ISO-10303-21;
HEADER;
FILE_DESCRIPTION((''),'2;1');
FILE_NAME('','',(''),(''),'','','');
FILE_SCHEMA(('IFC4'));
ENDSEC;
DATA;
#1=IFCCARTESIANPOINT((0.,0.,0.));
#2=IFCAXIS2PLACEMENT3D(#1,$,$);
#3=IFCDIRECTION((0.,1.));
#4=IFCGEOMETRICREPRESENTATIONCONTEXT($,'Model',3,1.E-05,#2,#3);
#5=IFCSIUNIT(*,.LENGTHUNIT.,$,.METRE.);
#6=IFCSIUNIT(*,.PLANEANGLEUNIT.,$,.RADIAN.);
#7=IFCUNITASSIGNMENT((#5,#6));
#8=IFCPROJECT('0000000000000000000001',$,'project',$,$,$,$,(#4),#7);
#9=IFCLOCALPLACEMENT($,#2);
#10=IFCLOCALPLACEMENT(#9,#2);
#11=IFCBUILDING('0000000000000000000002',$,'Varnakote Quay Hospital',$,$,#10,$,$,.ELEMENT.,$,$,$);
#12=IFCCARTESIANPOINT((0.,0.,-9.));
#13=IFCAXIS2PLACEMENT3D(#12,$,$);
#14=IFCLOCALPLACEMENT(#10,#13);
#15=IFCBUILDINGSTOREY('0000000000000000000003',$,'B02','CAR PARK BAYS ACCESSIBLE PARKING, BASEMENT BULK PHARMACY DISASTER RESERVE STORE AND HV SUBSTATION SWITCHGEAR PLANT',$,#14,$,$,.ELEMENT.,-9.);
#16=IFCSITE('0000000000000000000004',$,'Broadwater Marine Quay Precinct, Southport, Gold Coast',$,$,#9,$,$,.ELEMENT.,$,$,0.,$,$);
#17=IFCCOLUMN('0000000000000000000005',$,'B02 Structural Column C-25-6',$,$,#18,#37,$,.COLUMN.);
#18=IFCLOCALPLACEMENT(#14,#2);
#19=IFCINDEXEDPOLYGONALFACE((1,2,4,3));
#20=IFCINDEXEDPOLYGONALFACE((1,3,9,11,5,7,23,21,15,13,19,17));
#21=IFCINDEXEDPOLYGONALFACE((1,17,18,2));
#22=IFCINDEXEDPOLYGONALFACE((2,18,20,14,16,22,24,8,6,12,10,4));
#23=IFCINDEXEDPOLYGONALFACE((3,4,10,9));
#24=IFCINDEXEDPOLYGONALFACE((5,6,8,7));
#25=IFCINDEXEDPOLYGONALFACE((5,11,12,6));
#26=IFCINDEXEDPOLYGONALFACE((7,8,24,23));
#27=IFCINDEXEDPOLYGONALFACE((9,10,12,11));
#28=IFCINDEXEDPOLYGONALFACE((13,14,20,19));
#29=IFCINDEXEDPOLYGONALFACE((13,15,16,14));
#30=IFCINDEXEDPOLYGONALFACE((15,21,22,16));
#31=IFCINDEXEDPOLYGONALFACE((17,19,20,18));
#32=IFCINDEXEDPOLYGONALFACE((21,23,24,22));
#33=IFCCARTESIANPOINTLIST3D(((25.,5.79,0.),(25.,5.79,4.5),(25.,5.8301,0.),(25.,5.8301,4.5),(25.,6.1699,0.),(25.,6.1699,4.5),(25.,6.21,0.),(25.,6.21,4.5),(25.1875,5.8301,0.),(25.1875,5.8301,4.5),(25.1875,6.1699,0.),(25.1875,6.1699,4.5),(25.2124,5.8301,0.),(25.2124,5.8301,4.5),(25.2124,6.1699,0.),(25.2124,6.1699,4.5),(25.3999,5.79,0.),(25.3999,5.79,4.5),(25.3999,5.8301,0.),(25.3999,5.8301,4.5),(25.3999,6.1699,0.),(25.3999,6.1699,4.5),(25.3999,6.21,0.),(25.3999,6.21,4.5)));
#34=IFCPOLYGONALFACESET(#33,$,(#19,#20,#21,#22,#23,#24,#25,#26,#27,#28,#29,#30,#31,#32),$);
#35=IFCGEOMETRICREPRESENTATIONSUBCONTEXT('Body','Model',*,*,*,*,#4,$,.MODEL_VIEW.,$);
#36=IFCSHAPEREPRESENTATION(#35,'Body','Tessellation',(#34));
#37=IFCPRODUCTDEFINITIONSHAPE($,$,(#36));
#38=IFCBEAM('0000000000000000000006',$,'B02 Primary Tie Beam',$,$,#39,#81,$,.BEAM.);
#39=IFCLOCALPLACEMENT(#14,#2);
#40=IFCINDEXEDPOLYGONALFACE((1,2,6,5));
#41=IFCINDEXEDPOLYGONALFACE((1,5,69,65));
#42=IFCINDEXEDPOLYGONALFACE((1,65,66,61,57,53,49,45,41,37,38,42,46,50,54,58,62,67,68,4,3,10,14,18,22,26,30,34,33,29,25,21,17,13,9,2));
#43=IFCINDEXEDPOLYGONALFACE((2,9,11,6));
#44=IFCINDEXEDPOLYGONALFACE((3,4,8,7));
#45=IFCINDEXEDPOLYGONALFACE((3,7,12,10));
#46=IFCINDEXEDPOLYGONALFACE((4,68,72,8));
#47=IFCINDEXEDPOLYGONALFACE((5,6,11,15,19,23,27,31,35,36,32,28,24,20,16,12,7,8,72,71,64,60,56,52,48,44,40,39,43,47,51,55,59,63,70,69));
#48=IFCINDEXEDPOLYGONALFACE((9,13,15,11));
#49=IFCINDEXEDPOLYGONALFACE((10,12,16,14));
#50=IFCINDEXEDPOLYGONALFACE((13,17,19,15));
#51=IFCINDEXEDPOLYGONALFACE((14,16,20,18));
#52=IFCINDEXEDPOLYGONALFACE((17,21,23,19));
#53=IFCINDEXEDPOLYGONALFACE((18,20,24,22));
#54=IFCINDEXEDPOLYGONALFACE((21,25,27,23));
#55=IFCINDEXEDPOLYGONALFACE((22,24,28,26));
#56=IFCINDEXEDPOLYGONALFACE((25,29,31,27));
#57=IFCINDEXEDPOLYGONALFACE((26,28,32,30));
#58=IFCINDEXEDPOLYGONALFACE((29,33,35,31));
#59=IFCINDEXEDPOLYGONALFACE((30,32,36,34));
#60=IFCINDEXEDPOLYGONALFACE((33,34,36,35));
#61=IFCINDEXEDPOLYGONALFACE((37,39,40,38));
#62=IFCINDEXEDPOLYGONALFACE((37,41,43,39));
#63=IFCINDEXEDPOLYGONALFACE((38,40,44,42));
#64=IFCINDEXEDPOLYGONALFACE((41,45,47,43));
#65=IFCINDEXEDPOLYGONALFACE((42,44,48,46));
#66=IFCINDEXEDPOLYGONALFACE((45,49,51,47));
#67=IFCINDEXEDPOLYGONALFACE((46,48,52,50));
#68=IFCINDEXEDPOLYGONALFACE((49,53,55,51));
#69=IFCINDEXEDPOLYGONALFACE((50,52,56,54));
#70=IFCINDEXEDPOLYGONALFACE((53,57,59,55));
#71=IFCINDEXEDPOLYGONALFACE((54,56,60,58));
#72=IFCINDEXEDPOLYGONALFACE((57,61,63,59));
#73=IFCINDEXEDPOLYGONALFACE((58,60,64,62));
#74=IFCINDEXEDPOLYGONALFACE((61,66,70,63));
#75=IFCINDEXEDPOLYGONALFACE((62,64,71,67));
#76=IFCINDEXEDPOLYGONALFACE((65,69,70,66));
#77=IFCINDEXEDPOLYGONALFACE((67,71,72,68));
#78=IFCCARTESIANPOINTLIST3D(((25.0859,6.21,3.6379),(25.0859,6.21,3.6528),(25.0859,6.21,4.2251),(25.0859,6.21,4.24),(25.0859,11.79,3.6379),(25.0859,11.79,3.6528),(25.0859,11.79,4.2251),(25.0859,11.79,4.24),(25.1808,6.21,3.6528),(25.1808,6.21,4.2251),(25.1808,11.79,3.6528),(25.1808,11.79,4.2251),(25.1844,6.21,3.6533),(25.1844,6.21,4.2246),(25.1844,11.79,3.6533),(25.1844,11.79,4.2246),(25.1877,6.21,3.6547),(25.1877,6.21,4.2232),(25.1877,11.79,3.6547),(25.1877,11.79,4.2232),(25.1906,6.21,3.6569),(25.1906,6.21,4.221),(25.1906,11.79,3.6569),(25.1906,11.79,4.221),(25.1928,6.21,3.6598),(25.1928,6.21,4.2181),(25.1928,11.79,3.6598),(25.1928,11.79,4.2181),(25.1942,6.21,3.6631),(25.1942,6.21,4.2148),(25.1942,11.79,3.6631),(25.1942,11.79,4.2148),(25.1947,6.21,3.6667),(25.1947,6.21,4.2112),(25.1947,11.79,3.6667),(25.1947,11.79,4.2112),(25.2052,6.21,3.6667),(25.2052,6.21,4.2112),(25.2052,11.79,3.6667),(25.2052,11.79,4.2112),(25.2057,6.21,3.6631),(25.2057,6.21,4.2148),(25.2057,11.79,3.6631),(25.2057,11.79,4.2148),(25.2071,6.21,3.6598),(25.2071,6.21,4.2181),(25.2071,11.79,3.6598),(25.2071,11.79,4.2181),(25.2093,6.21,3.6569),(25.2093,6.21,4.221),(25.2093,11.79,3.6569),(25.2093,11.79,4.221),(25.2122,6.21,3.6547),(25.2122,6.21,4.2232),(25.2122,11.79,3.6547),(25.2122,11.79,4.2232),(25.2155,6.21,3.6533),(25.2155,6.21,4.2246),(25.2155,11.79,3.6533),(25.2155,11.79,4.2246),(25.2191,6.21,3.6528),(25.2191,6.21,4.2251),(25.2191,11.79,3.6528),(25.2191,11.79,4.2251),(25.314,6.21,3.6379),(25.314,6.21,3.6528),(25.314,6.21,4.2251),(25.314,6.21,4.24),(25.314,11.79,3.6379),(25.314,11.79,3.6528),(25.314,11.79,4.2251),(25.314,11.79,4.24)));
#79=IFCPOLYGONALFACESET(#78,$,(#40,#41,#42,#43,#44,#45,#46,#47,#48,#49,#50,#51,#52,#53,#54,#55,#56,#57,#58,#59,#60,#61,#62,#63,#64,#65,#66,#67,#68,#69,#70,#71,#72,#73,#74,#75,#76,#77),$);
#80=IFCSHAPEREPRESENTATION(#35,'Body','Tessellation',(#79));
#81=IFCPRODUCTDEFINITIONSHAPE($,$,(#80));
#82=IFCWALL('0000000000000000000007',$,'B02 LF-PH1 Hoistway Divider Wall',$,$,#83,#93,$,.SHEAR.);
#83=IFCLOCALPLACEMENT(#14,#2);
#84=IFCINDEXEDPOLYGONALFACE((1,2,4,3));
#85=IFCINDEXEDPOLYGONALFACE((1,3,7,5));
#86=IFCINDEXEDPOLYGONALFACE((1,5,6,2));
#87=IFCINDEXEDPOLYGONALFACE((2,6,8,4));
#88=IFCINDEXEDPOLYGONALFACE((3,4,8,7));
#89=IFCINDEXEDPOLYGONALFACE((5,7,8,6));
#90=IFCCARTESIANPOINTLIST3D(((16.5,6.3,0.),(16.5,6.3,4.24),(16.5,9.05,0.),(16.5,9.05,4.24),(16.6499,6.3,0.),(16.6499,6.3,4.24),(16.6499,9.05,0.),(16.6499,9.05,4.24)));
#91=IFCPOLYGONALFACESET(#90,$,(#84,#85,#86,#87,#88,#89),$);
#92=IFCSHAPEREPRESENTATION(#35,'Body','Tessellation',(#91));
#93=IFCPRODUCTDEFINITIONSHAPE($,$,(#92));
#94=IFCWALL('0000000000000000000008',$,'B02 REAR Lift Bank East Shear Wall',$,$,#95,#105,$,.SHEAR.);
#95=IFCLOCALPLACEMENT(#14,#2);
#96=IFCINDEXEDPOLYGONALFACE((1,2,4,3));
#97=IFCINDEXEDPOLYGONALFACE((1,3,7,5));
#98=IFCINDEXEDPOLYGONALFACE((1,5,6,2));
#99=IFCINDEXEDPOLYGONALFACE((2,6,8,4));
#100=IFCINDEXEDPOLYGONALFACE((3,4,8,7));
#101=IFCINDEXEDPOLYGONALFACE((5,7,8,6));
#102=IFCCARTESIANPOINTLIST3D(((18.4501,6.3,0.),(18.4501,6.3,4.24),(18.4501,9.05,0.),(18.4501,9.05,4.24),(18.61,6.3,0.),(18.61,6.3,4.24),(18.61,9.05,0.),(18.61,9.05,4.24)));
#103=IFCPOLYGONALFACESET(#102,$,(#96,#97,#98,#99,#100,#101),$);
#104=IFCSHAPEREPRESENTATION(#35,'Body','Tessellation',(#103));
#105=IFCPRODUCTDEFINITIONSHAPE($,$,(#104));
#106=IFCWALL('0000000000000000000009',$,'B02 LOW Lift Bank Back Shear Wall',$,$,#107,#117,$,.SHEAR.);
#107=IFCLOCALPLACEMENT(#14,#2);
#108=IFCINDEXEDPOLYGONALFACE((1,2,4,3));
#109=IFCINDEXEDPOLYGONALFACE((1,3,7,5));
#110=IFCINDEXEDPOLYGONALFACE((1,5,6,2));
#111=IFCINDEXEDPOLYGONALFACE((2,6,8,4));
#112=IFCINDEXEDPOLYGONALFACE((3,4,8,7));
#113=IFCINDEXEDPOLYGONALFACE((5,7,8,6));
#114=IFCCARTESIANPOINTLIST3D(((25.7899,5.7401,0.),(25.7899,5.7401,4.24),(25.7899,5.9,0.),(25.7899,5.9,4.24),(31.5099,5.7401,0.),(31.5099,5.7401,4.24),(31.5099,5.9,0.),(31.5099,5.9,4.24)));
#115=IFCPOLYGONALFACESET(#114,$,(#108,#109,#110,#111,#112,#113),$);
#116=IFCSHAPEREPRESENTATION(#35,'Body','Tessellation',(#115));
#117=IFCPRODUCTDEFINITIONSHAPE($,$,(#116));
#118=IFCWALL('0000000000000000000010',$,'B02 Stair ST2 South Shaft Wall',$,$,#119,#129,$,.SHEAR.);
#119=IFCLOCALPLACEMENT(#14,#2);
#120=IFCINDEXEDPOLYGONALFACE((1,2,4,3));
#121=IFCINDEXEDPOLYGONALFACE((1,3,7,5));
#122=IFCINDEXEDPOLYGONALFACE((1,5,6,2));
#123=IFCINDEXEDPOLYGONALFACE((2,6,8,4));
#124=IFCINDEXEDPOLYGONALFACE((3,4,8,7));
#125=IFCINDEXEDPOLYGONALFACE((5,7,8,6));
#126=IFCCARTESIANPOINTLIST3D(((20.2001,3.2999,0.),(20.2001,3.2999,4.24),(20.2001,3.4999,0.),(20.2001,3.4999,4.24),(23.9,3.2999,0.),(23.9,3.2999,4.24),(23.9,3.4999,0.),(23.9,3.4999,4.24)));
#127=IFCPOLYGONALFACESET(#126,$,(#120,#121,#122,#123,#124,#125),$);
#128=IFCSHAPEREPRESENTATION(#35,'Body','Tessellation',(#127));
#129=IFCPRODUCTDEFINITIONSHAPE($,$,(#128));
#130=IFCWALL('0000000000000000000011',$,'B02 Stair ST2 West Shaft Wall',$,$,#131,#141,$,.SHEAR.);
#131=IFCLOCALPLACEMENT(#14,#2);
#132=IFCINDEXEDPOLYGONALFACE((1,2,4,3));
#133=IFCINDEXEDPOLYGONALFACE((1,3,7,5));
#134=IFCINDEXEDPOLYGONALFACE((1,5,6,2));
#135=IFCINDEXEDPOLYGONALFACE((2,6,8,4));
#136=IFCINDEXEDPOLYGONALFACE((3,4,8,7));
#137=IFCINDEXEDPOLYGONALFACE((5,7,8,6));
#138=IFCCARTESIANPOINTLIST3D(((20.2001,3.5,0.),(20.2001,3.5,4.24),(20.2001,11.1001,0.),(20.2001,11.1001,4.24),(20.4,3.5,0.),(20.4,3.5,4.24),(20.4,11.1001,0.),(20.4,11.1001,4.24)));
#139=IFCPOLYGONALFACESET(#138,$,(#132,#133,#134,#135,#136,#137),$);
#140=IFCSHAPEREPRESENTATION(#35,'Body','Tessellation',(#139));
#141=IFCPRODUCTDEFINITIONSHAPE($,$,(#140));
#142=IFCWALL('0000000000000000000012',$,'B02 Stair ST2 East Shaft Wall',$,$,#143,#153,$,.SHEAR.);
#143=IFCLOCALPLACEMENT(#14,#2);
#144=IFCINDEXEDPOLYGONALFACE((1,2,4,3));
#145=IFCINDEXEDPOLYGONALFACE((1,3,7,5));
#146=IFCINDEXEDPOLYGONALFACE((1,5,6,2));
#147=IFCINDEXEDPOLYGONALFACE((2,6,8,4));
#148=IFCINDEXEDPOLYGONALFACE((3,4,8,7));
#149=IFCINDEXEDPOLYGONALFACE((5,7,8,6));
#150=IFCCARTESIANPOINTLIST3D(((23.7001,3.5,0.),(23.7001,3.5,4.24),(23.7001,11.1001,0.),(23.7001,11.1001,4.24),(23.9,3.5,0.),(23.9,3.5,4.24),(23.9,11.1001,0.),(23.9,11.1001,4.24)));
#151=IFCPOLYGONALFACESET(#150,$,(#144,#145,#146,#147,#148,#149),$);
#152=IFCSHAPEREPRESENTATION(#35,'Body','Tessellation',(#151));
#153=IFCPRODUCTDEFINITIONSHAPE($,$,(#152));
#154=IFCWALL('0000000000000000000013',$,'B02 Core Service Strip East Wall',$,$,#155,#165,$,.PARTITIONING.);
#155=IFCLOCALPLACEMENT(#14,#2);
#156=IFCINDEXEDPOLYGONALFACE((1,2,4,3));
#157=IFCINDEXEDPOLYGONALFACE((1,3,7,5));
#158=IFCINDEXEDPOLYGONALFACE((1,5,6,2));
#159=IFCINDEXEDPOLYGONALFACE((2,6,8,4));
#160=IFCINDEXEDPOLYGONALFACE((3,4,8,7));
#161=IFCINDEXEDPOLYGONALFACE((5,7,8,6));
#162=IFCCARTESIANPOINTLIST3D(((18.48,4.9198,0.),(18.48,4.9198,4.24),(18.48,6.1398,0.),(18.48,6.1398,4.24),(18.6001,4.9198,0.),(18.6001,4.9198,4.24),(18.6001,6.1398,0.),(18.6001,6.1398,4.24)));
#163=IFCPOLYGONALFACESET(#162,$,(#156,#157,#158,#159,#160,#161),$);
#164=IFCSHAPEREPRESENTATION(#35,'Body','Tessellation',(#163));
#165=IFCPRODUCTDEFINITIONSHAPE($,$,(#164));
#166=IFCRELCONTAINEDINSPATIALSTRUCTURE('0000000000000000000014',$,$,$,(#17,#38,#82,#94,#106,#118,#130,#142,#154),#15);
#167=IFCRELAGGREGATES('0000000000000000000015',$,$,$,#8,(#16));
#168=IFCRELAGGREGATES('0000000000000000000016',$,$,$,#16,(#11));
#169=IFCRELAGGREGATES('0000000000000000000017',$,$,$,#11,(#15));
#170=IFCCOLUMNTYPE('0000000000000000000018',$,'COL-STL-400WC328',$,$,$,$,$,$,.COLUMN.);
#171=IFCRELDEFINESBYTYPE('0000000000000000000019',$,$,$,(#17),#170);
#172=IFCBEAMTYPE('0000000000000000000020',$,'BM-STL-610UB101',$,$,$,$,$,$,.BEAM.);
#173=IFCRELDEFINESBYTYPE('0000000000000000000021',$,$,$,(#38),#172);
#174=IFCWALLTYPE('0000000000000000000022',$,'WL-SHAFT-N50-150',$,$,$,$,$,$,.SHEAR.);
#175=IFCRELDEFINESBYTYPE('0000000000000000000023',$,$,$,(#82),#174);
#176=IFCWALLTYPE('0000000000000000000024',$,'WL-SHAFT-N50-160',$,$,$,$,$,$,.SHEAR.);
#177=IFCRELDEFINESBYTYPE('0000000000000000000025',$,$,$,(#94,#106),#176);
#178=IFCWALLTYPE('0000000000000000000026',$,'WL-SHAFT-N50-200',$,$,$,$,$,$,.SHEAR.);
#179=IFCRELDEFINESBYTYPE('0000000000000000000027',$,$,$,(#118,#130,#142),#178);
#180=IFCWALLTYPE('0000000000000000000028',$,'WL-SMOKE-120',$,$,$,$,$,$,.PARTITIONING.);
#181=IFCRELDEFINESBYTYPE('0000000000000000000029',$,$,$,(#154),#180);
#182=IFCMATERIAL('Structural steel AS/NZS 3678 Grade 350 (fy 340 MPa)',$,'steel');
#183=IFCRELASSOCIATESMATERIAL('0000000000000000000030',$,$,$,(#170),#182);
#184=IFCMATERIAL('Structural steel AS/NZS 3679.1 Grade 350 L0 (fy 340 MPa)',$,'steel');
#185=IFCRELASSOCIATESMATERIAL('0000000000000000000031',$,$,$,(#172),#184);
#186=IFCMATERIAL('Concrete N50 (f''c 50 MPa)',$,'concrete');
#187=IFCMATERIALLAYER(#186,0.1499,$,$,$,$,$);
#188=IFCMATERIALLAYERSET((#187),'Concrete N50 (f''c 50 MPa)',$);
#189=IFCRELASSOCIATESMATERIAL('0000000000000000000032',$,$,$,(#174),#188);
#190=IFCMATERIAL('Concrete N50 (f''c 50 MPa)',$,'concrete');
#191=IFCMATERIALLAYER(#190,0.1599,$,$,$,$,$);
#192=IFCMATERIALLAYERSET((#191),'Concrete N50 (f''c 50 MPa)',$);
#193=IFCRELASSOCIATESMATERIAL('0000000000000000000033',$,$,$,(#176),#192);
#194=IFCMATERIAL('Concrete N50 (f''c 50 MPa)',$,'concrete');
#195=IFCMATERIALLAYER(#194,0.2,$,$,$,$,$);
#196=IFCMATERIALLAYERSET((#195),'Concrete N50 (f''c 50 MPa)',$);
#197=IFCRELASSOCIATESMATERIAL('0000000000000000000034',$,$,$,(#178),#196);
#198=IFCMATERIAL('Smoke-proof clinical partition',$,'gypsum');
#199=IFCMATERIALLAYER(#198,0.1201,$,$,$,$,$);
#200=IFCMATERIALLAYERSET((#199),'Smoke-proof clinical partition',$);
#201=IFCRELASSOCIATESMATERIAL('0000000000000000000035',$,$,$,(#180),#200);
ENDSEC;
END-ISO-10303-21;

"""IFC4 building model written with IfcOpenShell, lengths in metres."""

from ifc_helpers import new_model, si_unit, direction, frame, frame_2d, origin, origin_2d, place, context, subcontext, project, spatial, rectangle, i_section, extrude, material, layer, layer_set, material_profile, profile_set, type_object, element, save


model = new_model("IFC4")

# Units and contexts
model_context = context("Model", 3, precision=1e-05, world=origin(), true_north=direction((0.0, 1.0)))
body_context = subcontext(model_context, "Body", "Model", "MODEL_VIEW")
ifc_project = project(units=[si_unit("LENGTHUNIT", "METRE"), si_unit("PLANEANGLEUNIT", "RADIAN")], contexts=[model_context])

# Site, building, storey
site_placement = place(None, origin())
site = spatial("IfcSite", under=ifc_project, at=site_placement, Name="Broadwater Marine Quay Precinct, Southport, Gold Coast", CompositionType="ELEMENT", RefElevation=0.0)
building_placement = place(site_placement, origin())
building = spatial("IfcBuilding", under=site, at=building_placement, Name="Varnakote Quay Hospital", CompositionType="ELEMENT")
storey_placement = place(building_placement, frame((0.0, 0.0, -9.0)))
storey = spatial("IfcBuildingStorey", under=building, at=storey_placement, Name="B02", Description="CAR PARK BAYS ACCESSIBLE PARKING, BASEMENT BULK PHARMACY DISASTER RESERVE STORE AND HV SUBSTATION SWITCHGEAR PLANT", CompositionType="ELEMENT", Elevation=-9.0)

# Column
ifc_material_1 = material(Name="Structural steel AS/NZS 3678 Grade 350 (fy 340 MPa)", Category="steel")
ifc_material_profile_1 = material_profile(ifc_material_1, i_section(OverallWidth=0.3999, OverallDepth=0.4199, WebThickness=0.0249, FlangeThickness=0.04, at=origin_2d()), Name="400WC328")
ifc_profile_set_1 = profile_set([ifc_material_profile_1], Name="Structural steel AS/NZS 3678 Grade 350 (fy 340 MPa)")
column_type_1 = type_object("IfcColumnType", Name="COL-STL-400WC328", PredefinedType="COLUMN", material=ifc_profile_set_1)
column_1_placement = place(storey_placement, frame((25.2, 6.0, 0.0), z_axis=(0.0, 0.0, 1.0), x_axis=(1.0, 0.0, 0.0)))
element("IfcColumn", 1, at=column_1_placement, inside=storey, type_object=column_type_1, Name="B02 Structural Column C-25-6", PredefinedType="COLUMN", context=body_context, shape_type="SweptSolid", body=[
    extrude(i_section(OverallWidth=0.3999, OverallDepth=0.4199, WebThickness=0.0249, FlangeThickness=0.04, at=origin_2d()), origin(), (0.0, 0.0, 1.0), 4.5),
])

# Beam
ifc_material_2 = material(Name="Structural steel AS/NZS 3679.1 Grade 350 L0 (fy 340 MPa)", Category="steel")
ifc_material_profile_2 = material_profile(ifc_material_2, i_section(OverallWidth=0.228, OverallDepth=0.6021, WebThickness=0.0105, FlangeThickness=0.0149, FilletRadius=0.0139, at=origin_2d()), Name="610UB101")
ifc_profile_set_2 = profile_set([ifc_material_profile_2], Name="Structural steel AS/NZS 3679.1 Grade 350 L0 (fy 340 MPa)")
beam_type = type_object("IfcBeamType", Name="BM-STL-610UB101", PredefinedType="BEAM", material=ifc_profile_set_2)
beam_placement = place(storey_placement, frame((25.2, 6.21, 3.939), z_axis=(0.0, 1.0, 0.0), x_axis=(-1.0, 0.0, 0.0)))
element("IfcBeam", 2, at=beam_placement, inside=storey, type_object=beam_type, Name="B02 Primary Tie Beam", PredefinedType="BEAM", context=body_context, shape_type="SweptSolid", body=[
    extrude(i_section(OverallWidth=0.228, OverallDepth=0.6021, WebThickness=0.0105, FlangeThickness=0.0149, FilletRadius=0.0139, at=origin_2d()), origin(), (0.0, 0.0, 1.0), 5.5801),
])

# Walls
ifc_material_3 = material(Name="Concrete N50 (f'c 50 MPa)", Category="concrete")
ifc_layer_1 = layer(ifc_material_3, 0.1499)
ifc_layer_set_1 = layer_set([ifc_layer_1], Name="Concrete N50 (f'c 50 MPa)")
wall_type_1 = type_object("IfcWallType", Name="WL-SHAFT-N50-150", PredefinedType="SHEAR", material=ifc_layer_set_1)
wall_1_placement = place(storey_placement, frame((16.575, 6.3, 0.0), z_axis=(0.0, 0.0, 1.0), x_axis=(0.0, 1.0, 0.0)))
element("IfcWall", 3, at=wall_1_placement, inside=storey, type_object=wall_type_1, Name="B02 LF-PH1 Hoistway Divider Wall", PredefinedType="SHEAR", context=body_context, shape_type="SweptSolid", body=[
    extrude(rectangle(XDim=2.75, YDim=0.1499, at=frame_2d((1.375, 0.0))), origin(), (0.0, 0.0, 1.0), 4.24),
])
ifc_material_4 = material(Name="Concrete N50 (f'c 50 MPa)", Category="concrete")
ifc_layer_2 = layer(ifc_material_4, 0.1599)
ifc_layer_set_2 = layer_set([ifc_layer_2], Name="Concrete N50 (f'c 50 MPa)")
wall_type_2 = type_object("IfcWallType", Name="WL-SHAFT-N50-160", PredefinedType="SHEAR", material=ifc_layer_set_2)
wall_2_placement = place(storey_placement, frame((18.53, 6.3, 0.0), z_axis=(0.0, 0.0, 1.0), x_axis=(0.0, 1.0, 0.0)))
element("IfcWall", 4, at=wall_2_placement, inside=storey, type_object=wall_type_2, Name="B02 REAR Lift Bank East Shear Wall", PredefinedType="SHEAR", context=body_context, shape_type="SweptSolid", body=[
    extrude(rectangle(XDim=2.75, YDim=0.1599, at=frame_2d((1.375, 0.0))), origin(), (0.0, 0.0, 1.0), 4.24),
])
wall_3_placement = place(storey_placement, frame((25.79, 5.8201, 0.0), z_axis=(0.0, 0.0, 1.0), x_axis=(1.0, 0.0, 0.0)))
element("IfcWall", 5, at=wall_3_placement, inside=storey, type_object=wall_type_2, Name="B02 LOW Lift Bank Back Shear Wall", PredefinedType="SHEAR", context=body_context, shape_type="SweptSolid", body=[
    extrude(rectangle(XDim=5.72, YDim=0.1599, at=frame_2d((2.8599, 0.0))), origin(), (0.0, 0.0, 1.0), 4.24),
])
ifc_material_5 = material(Name="Concrete N50 (f'c 50 MPa)", Category="concrete")
ifc_layer_3 = layer(ifc_material_5, 0.2)
ifc_layer_set_3 = layer_set([ifc_layer_3], Name="Concrete N50 (f'c 50 MPa)")
wall_type_3 = type_object("IfcWallType", Name="WL-SHAFT-N50-200", PredefinedType="SHEAR", material=ifc_layer_set_3)
wall_4_placement = place(storey_placement, frame((20.2, 3.3999, 0.0), z_axis=(0.0, 0.0, 1.0), x_axis=(1.0, 0.0, 0.0)))
element("IfcWall", 6, at=wall_4_placement, inside=storey, type_object=wall_type_3, Name="B02 Stair ST2 South Shaft Wall", PredefinedType="SHEAR", context=body_context, shape_type="SweptSolid", body=[
    extrude(rectangle(XDim=3.7, YDim=0.2, at=frame_2d((1.8501, 0.0))), origin(), (0.0, 0.0, 1.0), 4.24),
])
for number, where, z_axis, x_axis, name in (
    (7, (20.3, 3.5, 0.0), (0.0, 0.0, 1.0), (0.0, 1.0, 0.0), "B02 Stair ST2 West Shaft Wall"),
    (8, (23.8, 3.5, 0.0), (0.0, 0.0, 1.0), (0.0, 1.0, 0.0), "B02 Stair ST2 East Shaft Wall"),
):
    element("IfcWall", number, at=place(storey_placement, frame(where, z_axis=z_axis, x_axis=x_axis)), inside=storey, type_object=wall_type_3, Name=name, PredefinedType="SHEAR", context=body_context, shape_type="SweptSolid", body=[
        extrude(rectangle(XDim=7.6001, YDim=0.2, at=frame_2d((3.8, 0.0))), origin(), (0.0, 0.0, 1.0), 4.24),
    ])
ifc_material_6 = material(Name="Smoke-proof clinical partition", Category="gypsum")
ifc_layer_4 = layer(ifc_material_6, 0.1201)
ifc_layer_set_4 = layer_set([ifc_layer_4], Name="Smoke-proof clinical partition")
wall_type_4 = type_object("IfcWallType", Name="WL-SMOKE-120", PredefinedType="PARTITIONING", material=ifc_layer_set_4)
wall_5_placement = place(storey_placement, frame((18.54, 4.9199, 0.0), z_axis=(0.0, 0.0, 1.0), x_axis=(0.0, 1.0, 0.0)))
element("IfcWall", 9, at=wall_5_placement, inside=storey, type_object=wall_type_4, Name="B02 Core Service Strip East Wall", PredefinedType="PARTITIONING", context=body_context, shape_type="SweptSolid", body=[
    extrude(rectangle(XDim=1.22, YDim=0.1201, at=frame_2d((0.6099, 0.0))), origin(), (0.0, 0.0, 1.0), 4.24),
])

save(model, "model.ifc")
